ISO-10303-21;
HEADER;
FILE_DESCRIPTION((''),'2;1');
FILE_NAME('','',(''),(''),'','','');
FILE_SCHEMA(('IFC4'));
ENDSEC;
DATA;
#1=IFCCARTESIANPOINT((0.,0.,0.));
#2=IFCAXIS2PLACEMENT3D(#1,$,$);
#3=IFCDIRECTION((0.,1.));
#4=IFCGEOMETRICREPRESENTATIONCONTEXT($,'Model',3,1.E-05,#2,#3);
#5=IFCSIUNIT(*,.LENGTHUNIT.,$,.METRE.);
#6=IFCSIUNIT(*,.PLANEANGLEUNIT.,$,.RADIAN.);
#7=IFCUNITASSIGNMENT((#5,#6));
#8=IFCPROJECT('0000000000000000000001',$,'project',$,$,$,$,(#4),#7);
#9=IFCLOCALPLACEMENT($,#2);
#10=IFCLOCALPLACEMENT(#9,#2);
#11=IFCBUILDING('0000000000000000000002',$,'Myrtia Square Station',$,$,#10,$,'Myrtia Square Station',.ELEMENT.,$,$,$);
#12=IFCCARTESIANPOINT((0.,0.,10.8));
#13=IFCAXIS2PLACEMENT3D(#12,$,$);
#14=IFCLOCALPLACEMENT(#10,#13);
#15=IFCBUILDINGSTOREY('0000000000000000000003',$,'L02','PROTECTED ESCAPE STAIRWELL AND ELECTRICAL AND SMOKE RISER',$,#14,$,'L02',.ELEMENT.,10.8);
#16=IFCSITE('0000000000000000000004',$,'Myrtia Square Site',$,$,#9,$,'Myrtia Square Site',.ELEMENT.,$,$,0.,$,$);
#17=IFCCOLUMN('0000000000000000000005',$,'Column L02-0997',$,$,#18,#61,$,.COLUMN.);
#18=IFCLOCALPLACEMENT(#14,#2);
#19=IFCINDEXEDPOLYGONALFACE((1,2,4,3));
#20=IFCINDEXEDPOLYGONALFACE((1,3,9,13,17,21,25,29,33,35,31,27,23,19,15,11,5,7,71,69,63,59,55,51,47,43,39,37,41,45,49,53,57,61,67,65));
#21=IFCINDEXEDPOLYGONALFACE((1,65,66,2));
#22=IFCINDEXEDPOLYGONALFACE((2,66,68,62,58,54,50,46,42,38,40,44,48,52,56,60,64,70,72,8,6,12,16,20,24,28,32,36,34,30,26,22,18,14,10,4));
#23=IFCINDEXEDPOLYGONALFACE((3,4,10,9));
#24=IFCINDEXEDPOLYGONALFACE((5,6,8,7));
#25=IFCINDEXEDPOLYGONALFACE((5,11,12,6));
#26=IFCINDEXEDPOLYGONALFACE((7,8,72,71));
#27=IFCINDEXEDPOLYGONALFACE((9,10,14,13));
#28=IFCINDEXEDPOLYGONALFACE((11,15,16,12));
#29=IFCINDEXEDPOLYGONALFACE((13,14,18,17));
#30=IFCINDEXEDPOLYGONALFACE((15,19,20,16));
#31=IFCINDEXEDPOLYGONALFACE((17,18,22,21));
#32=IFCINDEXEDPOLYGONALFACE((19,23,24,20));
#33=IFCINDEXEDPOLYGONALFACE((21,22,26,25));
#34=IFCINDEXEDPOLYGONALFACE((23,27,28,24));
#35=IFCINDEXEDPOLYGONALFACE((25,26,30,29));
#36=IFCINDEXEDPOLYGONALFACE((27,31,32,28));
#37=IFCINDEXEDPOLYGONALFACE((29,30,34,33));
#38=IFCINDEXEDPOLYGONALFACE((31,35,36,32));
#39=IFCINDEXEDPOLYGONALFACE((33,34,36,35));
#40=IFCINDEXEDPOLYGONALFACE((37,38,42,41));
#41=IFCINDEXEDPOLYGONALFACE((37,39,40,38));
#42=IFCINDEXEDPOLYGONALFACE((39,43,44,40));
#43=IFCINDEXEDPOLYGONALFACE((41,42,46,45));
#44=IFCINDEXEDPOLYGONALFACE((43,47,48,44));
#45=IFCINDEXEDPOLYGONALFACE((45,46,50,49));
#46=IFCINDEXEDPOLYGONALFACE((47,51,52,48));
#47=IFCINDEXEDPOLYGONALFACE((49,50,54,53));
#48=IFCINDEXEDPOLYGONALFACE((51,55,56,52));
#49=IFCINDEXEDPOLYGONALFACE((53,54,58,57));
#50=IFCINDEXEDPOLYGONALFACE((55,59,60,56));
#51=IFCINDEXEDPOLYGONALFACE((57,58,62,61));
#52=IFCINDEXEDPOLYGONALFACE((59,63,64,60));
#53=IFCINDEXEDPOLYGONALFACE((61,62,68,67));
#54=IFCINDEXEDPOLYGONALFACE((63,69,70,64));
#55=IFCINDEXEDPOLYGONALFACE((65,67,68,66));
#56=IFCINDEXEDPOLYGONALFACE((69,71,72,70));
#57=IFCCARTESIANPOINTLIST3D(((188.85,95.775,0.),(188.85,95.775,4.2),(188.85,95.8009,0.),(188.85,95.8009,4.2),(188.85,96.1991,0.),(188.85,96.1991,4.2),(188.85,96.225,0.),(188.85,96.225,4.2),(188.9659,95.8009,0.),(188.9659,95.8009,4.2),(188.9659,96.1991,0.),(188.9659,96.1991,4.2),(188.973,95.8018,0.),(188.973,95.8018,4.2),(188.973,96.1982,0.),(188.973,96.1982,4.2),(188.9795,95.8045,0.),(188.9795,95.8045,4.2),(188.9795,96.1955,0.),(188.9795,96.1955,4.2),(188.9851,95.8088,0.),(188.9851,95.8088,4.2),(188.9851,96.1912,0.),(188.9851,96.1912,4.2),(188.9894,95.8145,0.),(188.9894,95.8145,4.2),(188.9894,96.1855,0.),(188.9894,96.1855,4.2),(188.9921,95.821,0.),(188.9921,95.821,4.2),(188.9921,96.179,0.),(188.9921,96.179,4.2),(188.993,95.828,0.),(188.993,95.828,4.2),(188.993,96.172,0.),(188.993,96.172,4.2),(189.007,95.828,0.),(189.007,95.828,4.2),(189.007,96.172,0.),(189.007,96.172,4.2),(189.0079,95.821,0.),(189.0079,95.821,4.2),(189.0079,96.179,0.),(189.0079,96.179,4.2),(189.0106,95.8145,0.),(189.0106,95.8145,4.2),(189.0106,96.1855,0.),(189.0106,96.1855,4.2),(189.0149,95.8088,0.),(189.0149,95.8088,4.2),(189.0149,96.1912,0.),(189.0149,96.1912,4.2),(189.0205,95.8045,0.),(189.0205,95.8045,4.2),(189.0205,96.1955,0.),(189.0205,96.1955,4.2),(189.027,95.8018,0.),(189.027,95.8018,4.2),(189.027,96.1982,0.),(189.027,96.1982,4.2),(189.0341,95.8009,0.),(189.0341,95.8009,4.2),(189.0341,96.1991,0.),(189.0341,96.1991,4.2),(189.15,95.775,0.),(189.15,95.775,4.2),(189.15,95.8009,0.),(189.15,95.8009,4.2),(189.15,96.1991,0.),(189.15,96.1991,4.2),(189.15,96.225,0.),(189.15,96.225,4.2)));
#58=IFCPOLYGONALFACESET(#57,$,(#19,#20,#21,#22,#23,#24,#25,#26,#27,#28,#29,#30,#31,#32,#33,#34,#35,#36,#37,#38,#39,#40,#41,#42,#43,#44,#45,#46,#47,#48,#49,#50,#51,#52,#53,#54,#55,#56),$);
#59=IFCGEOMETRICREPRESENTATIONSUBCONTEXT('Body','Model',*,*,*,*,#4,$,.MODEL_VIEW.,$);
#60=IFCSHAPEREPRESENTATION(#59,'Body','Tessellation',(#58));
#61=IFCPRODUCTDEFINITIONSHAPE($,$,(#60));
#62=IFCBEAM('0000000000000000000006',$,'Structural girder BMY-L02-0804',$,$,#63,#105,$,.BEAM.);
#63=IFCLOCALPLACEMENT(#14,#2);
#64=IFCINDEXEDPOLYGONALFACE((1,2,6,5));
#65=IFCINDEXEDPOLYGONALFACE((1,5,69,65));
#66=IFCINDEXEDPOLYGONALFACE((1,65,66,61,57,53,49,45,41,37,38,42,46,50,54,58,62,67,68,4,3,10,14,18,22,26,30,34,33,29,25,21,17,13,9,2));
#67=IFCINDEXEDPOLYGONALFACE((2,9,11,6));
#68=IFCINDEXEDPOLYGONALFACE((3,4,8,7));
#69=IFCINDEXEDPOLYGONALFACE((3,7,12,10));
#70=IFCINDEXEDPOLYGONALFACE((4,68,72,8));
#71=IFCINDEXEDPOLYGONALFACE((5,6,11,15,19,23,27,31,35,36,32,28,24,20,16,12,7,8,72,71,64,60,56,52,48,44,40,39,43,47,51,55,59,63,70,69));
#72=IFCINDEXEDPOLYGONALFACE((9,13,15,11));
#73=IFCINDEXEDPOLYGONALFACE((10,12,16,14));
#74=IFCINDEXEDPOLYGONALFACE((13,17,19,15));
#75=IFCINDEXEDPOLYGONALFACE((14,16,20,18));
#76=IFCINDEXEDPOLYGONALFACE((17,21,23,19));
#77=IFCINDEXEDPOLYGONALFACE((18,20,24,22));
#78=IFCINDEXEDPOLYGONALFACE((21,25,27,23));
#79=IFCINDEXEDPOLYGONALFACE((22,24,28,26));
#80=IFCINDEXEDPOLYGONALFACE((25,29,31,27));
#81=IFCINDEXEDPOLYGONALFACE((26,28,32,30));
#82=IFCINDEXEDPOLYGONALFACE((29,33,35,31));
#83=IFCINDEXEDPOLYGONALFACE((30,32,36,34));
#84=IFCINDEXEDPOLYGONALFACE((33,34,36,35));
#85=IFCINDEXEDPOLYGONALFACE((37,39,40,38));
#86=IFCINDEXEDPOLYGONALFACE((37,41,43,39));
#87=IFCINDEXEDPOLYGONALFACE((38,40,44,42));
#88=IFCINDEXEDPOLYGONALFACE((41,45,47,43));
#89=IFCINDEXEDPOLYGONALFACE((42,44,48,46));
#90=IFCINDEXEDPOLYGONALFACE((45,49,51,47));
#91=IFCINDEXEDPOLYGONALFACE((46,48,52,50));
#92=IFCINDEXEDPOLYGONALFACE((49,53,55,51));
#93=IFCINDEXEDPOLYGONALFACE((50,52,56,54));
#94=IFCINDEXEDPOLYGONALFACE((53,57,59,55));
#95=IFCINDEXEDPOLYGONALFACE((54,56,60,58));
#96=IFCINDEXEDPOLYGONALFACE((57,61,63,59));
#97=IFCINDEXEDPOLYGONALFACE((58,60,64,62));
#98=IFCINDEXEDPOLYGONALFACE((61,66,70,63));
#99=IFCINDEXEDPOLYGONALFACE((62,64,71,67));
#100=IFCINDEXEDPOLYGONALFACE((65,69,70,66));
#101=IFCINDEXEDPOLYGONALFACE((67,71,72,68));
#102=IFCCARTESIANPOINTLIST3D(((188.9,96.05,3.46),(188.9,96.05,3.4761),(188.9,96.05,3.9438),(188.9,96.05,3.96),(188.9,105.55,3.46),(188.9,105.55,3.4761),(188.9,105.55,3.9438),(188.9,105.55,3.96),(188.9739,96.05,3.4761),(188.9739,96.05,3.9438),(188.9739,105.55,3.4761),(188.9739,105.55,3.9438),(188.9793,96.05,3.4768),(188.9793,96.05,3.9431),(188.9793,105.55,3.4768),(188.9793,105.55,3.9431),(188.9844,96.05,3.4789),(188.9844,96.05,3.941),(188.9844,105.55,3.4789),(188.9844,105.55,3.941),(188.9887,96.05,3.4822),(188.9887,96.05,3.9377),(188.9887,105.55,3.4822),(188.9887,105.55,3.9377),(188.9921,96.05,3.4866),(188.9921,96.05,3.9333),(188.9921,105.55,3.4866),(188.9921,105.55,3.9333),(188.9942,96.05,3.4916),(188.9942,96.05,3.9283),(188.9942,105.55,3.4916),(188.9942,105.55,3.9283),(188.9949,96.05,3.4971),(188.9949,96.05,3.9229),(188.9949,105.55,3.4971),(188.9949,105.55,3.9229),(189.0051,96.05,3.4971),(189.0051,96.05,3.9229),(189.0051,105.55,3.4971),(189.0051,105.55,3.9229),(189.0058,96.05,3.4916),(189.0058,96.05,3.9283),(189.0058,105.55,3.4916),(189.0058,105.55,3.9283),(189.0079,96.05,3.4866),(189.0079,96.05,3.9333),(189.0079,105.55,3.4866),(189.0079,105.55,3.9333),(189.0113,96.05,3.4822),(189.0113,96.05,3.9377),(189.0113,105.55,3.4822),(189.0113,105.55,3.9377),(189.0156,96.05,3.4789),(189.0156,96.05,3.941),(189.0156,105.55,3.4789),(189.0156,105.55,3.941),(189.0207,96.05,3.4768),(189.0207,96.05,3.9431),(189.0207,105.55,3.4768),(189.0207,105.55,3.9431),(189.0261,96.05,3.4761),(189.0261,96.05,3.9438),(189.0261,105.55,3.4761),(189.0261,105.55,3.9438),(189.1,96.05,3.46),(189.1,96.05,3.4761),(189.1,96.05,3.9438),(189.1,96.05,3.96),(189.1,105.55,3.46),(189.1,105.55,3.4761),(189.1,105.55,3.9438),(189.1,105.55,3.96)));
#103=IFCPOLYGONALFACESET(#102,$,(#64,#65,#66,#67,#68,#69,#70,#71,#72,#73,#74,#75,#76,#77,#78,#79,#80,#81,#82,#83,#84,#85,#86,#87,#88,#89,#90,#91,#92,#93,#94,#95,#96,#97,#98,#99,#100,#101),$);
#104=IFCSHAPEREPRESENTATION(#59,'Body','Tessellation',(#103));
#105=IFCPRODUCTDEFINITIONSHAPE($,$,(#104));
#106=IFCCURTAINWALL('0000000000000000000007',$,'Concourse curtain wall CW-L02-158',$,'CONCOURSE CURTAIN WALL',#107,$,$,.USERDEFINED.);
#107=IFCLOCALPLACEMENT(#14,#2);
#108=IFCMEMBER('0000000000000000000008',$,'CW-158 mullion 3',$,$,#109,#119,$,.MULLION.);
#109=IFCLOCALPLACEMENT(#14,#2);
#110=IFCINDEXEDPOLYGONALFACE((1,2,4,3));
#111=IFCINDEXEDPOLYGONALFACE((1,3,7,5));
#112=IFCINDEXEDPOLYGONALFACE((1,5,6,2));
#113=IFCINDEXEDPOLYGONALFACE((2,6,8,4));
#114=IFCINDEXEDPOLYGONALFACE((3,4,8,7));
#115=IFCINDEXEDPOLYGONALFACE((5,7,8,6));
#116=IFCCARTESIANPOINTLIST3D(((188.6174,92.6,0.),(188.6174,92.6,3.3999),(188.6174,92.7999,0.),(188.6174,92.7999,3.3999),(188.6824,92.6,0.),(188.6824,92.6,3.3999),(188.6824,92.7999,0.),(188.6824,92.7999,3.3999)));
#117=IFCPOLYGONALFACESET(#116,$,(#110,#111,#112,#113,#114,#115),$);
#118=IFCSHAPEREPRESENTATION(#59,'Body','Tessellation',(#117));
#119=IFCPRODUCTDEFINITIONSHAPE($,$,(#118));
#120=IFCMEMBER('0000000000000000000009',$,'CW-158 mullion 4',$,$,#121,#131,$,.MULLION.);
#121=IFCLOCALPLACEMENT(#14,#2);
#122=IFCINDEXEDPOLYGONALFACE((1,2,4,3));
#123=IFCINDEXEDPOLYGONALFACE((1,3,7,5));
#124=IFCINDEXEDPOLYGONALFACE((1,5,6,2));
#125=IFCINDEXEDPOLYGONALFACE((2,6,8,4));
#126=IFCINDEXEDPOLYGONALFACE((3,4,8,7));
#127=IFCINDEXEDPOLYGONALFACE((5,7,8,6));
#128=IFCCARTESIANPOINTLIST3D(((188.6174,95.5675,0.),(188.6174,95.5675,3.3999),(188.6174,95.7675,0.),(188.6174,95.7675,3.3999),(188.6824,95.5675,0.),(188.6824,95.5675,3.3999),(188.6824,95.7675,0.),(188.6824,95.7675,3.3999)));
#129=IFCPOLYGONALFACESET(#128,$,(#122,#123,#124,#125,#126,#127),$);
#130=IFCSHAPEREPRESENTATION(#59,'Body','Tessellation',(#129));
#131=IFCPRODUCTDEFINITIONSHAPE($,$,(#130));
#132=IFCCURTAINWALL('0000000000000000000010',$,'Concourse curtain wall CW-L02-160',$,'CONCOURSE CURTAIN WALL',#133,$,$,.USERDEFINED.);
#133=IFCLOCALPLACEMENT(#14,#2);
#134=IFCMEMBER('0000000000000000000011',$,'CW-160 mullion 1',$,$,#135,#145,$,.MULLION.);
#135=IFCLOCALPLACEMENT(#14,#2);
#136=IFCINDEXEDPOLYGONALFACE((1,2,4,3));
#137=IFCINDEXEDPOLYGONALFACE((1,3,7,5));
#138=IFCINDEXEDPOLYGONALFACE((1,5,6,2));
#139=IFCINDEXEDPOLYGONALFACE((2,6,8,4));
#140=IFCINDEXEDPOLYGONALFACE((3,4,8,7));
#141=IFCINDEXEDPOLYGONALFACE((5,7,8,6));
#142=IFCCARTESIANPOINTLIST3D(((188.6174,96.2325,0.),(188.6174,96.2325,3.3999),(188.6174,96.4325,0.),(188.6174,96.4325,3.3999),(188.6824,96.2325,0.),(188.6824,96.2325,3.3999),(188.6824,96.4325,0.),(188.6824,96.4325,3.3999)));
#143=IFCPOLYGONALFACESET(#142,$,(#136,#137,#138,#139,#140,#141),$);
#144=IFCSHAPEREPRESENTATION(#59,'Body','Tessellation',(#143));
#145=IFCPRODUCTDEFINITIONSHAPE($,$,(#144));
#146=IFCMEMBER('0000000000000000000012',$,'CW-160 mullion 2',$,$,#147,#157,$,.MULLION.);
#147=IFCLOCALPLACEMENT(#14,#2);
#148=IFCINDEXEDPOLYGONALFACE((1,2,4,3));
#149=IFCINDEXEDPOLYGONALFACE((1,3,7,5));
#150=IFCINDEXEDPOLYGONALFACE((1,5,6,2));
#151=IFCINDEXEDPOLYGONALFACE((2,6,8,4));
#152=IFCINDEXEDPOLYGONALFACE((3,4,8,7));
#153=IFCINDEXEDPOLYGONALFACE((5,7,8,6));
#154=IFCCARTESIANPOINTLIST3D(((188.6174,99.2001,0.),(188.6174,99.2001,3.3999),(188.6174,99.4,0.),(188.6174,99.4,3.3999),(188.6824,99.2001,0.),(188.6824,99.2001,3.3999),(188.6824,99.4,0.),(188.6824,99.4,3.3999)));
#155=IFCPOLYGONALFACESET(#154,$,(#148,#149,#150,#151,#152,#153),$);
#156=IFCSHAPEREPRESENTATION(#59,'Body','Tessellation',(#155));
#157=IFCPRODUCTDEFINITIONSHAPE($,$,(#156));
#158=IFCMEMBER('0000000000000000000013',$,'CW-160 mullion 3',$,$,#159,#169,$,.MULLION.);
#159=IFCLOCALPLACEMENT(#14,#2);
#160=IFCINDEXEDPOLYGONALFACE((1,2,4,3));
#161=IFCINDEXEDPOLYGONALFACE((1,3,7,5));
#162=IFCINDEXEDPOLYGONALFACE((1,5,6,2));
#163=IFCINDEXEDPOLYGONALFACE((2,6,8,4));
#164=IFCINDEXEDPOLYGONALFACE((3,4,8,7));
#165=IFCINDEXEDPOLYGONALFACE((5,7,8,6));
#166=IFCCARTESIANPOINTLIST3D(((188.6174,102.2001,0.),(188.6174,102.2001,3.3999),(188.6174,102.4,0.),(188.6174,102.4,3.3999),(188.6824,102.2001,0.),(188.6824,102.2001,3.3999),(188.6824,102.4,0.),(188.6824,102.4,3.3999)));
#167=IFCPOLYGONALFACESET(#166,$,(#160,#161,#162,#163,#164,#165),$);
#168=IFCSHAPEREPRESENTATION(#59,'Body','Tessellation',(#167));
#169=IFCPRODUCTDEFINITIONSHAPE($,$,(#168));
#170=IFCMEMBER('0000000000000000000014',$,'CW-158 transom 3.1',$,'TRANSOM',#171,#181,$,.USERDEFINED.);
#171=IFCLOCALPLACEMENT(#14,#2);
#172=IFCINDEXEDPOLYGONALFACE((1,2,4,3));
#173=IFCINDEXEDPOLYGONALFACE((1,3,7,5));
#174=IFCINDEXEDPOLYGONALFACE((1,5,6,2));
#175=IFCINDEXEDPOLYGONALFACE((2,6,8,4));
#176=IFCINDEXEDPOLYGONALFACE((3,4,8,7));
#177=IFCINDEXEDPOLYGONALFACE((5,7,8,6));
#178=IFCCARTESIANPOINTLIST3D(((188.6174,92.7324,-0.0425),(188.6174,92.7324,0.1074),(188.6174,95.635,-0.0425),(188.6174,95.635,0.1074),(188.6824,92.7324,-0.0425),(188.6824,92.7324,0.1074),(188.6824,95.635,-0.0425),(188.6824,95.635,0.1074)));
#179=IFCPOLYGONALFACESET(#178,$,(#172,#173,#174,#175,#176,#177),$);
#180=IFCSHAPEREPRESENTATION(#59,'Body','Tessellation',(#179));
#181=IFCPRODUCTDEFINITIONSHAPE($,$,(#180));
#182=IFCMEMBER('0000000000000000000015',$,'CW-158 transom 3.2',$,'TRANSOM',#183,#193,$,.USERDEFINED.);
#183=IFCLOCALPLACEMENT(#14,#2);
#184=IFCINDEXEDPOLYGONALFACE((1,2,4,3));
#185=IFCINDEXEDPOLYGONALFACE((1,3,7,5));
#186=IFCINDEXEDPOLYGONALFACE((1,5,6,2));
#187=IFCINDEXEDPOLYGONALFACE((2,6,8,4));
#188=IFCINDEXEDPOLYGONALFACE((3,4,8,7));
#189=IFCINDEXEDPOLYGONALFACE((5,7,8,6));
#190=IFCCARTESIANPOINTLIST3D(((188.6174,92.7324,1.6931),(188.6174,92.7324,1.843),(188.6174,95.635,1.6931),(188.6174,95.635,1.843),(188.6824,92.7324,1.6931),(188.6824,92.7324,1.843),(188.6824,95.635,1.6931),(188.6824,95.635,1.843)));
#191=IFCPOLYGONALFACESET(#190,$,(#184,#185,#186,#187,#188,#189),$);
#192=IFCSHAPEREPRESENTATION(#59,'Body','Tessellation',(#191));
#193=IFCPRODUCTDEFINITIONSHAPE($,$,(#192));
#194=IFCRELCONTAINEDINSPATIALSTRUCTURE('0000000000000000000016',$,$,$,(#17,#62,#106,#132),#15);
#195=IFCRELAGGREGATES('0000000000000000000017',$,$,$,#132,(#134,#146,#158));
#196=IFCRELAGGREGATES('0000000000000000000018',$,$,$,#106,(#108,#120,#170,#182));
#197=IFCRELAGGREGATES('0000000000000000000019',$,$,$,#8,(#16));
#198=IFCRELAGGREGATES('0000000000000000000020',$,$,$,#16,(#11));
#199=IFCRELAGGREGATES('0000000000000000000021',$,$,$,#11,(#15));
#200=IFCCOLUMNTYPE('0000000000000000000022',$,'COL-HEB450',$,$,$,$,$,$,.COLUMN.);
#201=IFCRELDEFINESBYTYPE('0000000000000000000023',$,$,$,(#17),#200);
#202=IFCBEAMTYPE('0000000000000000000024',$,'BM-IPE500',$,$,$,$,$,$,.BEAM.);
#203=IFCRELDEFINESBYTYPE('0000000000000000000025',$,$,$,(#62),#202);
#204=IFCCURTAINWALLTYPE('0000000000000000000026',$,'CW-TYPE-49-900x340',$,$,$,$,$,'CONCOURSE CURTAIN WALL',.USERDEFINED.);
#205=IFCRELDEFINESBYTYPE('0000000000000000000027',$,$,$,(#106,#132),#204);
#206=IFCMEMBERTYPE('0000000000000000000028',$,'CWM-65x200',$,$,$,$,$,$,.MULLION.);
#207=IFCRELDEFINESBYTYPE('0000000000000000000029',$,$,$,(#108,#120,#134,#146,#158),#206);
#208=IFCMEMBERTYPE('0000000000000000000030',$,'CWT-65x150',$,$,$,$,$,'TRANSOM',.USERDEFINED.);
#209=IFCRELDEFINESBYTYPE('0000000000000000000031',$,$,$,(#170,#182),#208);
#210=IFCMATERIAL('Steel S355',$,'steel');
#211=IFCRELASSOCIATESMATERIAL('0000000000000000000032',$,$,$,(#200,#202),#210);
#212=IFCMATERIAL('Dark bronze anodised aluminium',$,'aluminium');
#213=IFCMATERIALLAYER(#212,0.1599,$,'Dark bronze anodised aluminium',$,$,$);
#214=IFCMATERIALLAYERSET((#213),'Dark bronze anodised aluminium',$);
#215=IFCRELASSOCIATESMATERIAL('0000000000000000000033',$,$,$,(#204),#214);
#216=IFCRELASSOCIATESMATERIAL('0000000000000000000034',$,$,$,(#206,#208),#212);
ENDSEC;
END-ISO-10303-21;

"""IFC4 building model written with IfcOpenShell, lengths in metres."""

from ifc_helpers import new_model, si_unit, direction, frame, origin, origin_2d, place, context, subcontext, project, spatial, rectangle, i_section, extrude, material, layer, layer_set, material_profile, profile_set, type_object, element, aggregate, save


model = new_model("IFC4")

# Units and contexts
model_context = context("Model", 3, precision=1e-05, world=origin(), true_north=direction((0.0, 1.0)))
body_context = subcontext(model_context, "Body", "Model", "MODEL_VIEW")
ifc_project = project(units=[si_unit("LENGTHUNIT", "METRE"), si_unit("PLANEANGLEUNIT", "RADIAN")], contexts=[model_context])

# Site, building, storey
site_placement = place(None, origin())
site = spatial("IfcSite", under=ifc_project, at=site_placement, Name="Myrtia Square Site", LongName="Myrtia Square Site", CompositionType="ELEMENT", RefElevation=0.0)
building_placement = place(site_placement, origin())
building = spatial("IfcBuilding", under=site, at=building_placement, Name="Myrtia Square Station", LongName="Myrtia Square Station", CompositionType="ELEMENT")
storey_placement = place(building_placement, frame((0.0, 0.0, 10.8)))
storey = spatial("IfcBuildingStorey", under=building, at=storey_placement, Name="L02", Description="PROTECTED ESCAPE STAIRWELL AND ELECTRICAL AND SMOKE RISER", LongName="L02", CompositionType="ELEMENT", Elevation=10.8)

# Column
ifc_material_1 = material(Name="Steel S355", Category="steel")
ifc_material_profile_1 = material_profile(ifc_material_1, i_section(OverallWidth=0.3, OverallDepth=0.45, WebThickness=0.0139, FlangeThickness=0.0259, FilletRadius=0.0271, at=origin_2d()), Name="HEB 450")
ifc_profile_set_1 = profile_set([ifc_material_profile_1], Name="Steel S355")
column_type = type_object("IfcColumnType", Name="COL-HEB450", PredefinedType="COLUMN", material=ifc_profile_set_1)
column_placement = place(storey_placement, frame((189.0, 96.0, 0.0), z_axis=(0.0, 0.0, 1.0), x_axis=(1.0, 0.0, 0.0)))
element("IfcColumn", 1, at=column_placement, inside=storey, type_object=column_type, Name="Column L02-0997", PredefinedType="COLUMN", context=body_context, shape_type="SweptSolid", body=[
    extrude(i_section(OverallWidth=0.3, OverallDepth=0.45, WebThickness=0.0139, FlangeThickness=0.0259, FilletRadius=0.0271, at=origin_2d()), origin(), (0.0, 0.0, 1.0), 4.2),
])

# Beam
ifc_material_profile_2 = material_profile(ifc_material_1, i_section(OverallWidth=0.2, OverallDepth=0.5, WebThickness=0.0103, FlangeThickness=0.0161, FilletRadius=0.021, at=origin_2d()), Name="IPE 500")
ifc_profile_set_2 = profile_set([ifc_material_profile_2], Name="Steel S355")
beam_type = type_object("IfcBeamType", Name="BM-IPE500", PredefinedType="BEAM", material=ifc_profile_set_2)
beam_placement = place(storey_placement, frame((189.0, 96.05, 3.71), z_axis=(0.0, 1.0, 0.0), x_axis=(-1.0, 0.0, 0.0)))
element("IfcBeam", 2, at=beam_placement, inside=storey, type_object=beam_type, Name="Structural girder BMY-L02-0804", PredefinedType="BEAM", context=body_context, shape_type="SweptSolid", body=[
    extrude(i_section(OverallWidth=0.2, OverallDepth=0.5, WebThickness=0.0103, FlangeThickness=0.0161, FilletRadius=0.021, at=origin_2d()), origin(), (0.0, 0.0, 1.0), 9.5),
])

# Curtain walls, members
ifc_material_2 = material(Name="Dark bronze anodised aluminium", Category="aluminium")
ifc_layer_1 = layer(ifc_material_2, 0.1599, Name="Dark bronze anodised aluminium")
ifc_layer_set_1 = layer_set([ifc_layer_1], Name="Dark bronze anodised aluminium")
curtain_wall_type = type_object("IfcCurtainWallType", Name="CW-TYPE-49-900x340", ElementType="CONCOURSE CURTAIN WALL", PredefinedType="USERDEFINED", material=ifc_layer_set_1)
curtain_wall_1_placement = place(storey_placement, origin())
curtain_wall_1 = element("IfcCurtainWall", 3, at=curtain_wall_1_placement, inside=storey, type_object=curtain_wall_type, Name="Concourse curtain wall CW-L02-158", ObjectType="CONCOURSE CURTAIN WALL", PredefinedType="USERDEFINED")
ifc_material_profile_3 = material_profile(ifc_material_2, rectangle(XDim=0.0649, YDim=0.2, at=origin_2d()), Name="ALU-M 65x200")
ifc_profile_set_3 = profile_set([ifc_material_profile_3], Name="Dark bronze anodised aluminium")
member_type_1 = type_object("IfcMemberType", Name="CWM-65x200", PredefinedType="MULLION", material=ifc_profile_set_3)
member_1_placement = place(storey_placement, frame((188.6499, 92.7, 0.0), z_axis=(0.0, 0.0, 1.0), x_axis=(-1.0, 0.0, 0.0)))
member_1 = element("IfcMember", 4, at=member_1_placement, type_object=member_type_1, Name="CW-158 mullion 3", PredefinedType="MULLION", context=body_context, shape_type="SweptSolid", body=[
    extrude(rectangle(XDim=0.0649, YDim=0.2, at=origin_2d()), origin(), (0.0, 0.0, 1.0), 3.3999),
])
member_2_placement = place(storey_placement, frame((188.6499, 95.6675, 0.0), z_axis=(0.0, 0.0, 1.0), x_axis=(-1.0, 0.0, 0.0)))
member_2 = element("IfcMember", 5, at=member_2_placement, type_object=member_type_1, Name="CW-158 mullion 4", PredefinedType="MULLION", context=body_context, shape_type="SweptSolid", body=[
    extrude(rectangle(XDim=0.0649, YDim=0.2, at=origin_2d()), origin(), (0.0, 0.0, 1.0), 3.3999),
])
curtain_wall_2_placement = place(storey_placement, origin())
curtain_wall_2 = element("IfcCurtainWall", 6, at=curtain_wall_2_placement, inside=storey, type_object=curtain_wall_type, Name="Concourse curtain wall CW-L02-160", ObjectType="CONCOURSE CURTAIN WALL", PredefinedType="USERDEFINED")
member_3_placement = place(storey_placement, frame((188.6499, 96.3325, 0.0), z_axis=(0.0, 0.0, 1.0), x_axis=(-1.0, 0.0, 0.0)))
member_3 = element("IfcMember", 7, at=member_3_placement, type_object=member_type_1, Name="CW-160 mullion 1", PredefinedType="MULLION", context=body_context, shape_type="SweptSolid", body=[
    extrude(rectangle(XDim=0.0649, YDim=0.2, at=origin_2d()), origin(), (0.0, 0.0, 1.0), 3.3999),
])
member_4_placement = place(storey_placement, frame((188.6499, 99.3, 0.0), z_axis=(0.0, 0.0, 1.0), x_axis=(-1.0, 0.0, 0.0)))
member_4 = element("IfcMember", 8, at=member_4_placement, type_object=member_type_1, Name="CW-160 mullion 2", PredefinedType="MULLION", context=body_context, shape_type="SweptSolid", body=[
    extrude(rectangle(XDim=0.0649, YDim=0.2, at=origin_2d()), origin(), (0.0, 0.0, 1.0), 3.3999),
])
member_5_placement = place(storey_placement, frame((188.6499, 102.3, 0.0), z_axis=(0.0, 0.0, 1.0), x_axis=(-1.0, 0.0, 0.0)))
member_5 = element("IfcMember", 9, at=member_5_placement, type_object=member_type_1, Name="CW-160 mullion 3", PredefinedType="MULLION", context=body_context, shape_type="SweptSolid", body=[
    extrude(rectangle(XDim=0.0649, YDim=0.2, at=origin_2d()), origin(), (0.0, 0.0, 1.0), 3.3999),
])

# Members
ifc_material_profile_4 = material_profile(ifc_material_2, rectangle(XDim=0.0649, YDim=0.1499, at=origin_2d()), Name="ALU-T 65x150")
ifc_profile_set_4 = profile_set([ifc_material_profile_4], Name="Dark bronze anodised aluminium")
member_type_2 = type_object("IfcMemberType", Name="CWT-65x150", ElementType="TRANSOM", PredefinedType="USERDEFINED", material=ifc_profile_set_4)
member_6_placement = place(storey_placement, frame((188.6499, 92.7324, 0.0325), z_axis=(0.0, 1.0, 0.0), x_axis=(-1.0, 0.0, 0.0)))
member_6 = element("IfcMember", 10, at=member_6_placement, type_object=member_type_2, Name="CW-158 transom 3.1", ObjectType="TRANSOM", PredefinedType="USERDEFINED", context=body_context, shape_type="SweptSolid", body=[
    extrude(rectangle(XDim=0.0649, YDim=0.1499, at=origin_2d()), origin(), (0.0, 0.0, 1.0), 2.9026),
])
member_7_placement = place(storey_placement, frame((188.6499, 92.7324, 1.7681), z_axis=(0.0, 1.0, 0.0), x_axis=(-1.0, 0.0, 0.0)))
member_7 = element("IfcMember", 11, at=member_7_placement, type_object=member_type_2, Name="CW-158 transom 3.2", ObjectType="TRANSOM", PredefinedType="USERDEFINED", context=body_context, shape_type="SweptSolid", body=[
    extrude(rectangle(XDim=0.0649, YDim=0.1499, at=origin_2d()), origin(), (0.0, 0.0, 1.0), 2.9026),
])

aggregate(curtain_wall_2, [member_3, member_4, member_5])
aggregate(curtain_wall_1, [member_1, member_2, member_6, member_7])

save(model, "model.ifc")
